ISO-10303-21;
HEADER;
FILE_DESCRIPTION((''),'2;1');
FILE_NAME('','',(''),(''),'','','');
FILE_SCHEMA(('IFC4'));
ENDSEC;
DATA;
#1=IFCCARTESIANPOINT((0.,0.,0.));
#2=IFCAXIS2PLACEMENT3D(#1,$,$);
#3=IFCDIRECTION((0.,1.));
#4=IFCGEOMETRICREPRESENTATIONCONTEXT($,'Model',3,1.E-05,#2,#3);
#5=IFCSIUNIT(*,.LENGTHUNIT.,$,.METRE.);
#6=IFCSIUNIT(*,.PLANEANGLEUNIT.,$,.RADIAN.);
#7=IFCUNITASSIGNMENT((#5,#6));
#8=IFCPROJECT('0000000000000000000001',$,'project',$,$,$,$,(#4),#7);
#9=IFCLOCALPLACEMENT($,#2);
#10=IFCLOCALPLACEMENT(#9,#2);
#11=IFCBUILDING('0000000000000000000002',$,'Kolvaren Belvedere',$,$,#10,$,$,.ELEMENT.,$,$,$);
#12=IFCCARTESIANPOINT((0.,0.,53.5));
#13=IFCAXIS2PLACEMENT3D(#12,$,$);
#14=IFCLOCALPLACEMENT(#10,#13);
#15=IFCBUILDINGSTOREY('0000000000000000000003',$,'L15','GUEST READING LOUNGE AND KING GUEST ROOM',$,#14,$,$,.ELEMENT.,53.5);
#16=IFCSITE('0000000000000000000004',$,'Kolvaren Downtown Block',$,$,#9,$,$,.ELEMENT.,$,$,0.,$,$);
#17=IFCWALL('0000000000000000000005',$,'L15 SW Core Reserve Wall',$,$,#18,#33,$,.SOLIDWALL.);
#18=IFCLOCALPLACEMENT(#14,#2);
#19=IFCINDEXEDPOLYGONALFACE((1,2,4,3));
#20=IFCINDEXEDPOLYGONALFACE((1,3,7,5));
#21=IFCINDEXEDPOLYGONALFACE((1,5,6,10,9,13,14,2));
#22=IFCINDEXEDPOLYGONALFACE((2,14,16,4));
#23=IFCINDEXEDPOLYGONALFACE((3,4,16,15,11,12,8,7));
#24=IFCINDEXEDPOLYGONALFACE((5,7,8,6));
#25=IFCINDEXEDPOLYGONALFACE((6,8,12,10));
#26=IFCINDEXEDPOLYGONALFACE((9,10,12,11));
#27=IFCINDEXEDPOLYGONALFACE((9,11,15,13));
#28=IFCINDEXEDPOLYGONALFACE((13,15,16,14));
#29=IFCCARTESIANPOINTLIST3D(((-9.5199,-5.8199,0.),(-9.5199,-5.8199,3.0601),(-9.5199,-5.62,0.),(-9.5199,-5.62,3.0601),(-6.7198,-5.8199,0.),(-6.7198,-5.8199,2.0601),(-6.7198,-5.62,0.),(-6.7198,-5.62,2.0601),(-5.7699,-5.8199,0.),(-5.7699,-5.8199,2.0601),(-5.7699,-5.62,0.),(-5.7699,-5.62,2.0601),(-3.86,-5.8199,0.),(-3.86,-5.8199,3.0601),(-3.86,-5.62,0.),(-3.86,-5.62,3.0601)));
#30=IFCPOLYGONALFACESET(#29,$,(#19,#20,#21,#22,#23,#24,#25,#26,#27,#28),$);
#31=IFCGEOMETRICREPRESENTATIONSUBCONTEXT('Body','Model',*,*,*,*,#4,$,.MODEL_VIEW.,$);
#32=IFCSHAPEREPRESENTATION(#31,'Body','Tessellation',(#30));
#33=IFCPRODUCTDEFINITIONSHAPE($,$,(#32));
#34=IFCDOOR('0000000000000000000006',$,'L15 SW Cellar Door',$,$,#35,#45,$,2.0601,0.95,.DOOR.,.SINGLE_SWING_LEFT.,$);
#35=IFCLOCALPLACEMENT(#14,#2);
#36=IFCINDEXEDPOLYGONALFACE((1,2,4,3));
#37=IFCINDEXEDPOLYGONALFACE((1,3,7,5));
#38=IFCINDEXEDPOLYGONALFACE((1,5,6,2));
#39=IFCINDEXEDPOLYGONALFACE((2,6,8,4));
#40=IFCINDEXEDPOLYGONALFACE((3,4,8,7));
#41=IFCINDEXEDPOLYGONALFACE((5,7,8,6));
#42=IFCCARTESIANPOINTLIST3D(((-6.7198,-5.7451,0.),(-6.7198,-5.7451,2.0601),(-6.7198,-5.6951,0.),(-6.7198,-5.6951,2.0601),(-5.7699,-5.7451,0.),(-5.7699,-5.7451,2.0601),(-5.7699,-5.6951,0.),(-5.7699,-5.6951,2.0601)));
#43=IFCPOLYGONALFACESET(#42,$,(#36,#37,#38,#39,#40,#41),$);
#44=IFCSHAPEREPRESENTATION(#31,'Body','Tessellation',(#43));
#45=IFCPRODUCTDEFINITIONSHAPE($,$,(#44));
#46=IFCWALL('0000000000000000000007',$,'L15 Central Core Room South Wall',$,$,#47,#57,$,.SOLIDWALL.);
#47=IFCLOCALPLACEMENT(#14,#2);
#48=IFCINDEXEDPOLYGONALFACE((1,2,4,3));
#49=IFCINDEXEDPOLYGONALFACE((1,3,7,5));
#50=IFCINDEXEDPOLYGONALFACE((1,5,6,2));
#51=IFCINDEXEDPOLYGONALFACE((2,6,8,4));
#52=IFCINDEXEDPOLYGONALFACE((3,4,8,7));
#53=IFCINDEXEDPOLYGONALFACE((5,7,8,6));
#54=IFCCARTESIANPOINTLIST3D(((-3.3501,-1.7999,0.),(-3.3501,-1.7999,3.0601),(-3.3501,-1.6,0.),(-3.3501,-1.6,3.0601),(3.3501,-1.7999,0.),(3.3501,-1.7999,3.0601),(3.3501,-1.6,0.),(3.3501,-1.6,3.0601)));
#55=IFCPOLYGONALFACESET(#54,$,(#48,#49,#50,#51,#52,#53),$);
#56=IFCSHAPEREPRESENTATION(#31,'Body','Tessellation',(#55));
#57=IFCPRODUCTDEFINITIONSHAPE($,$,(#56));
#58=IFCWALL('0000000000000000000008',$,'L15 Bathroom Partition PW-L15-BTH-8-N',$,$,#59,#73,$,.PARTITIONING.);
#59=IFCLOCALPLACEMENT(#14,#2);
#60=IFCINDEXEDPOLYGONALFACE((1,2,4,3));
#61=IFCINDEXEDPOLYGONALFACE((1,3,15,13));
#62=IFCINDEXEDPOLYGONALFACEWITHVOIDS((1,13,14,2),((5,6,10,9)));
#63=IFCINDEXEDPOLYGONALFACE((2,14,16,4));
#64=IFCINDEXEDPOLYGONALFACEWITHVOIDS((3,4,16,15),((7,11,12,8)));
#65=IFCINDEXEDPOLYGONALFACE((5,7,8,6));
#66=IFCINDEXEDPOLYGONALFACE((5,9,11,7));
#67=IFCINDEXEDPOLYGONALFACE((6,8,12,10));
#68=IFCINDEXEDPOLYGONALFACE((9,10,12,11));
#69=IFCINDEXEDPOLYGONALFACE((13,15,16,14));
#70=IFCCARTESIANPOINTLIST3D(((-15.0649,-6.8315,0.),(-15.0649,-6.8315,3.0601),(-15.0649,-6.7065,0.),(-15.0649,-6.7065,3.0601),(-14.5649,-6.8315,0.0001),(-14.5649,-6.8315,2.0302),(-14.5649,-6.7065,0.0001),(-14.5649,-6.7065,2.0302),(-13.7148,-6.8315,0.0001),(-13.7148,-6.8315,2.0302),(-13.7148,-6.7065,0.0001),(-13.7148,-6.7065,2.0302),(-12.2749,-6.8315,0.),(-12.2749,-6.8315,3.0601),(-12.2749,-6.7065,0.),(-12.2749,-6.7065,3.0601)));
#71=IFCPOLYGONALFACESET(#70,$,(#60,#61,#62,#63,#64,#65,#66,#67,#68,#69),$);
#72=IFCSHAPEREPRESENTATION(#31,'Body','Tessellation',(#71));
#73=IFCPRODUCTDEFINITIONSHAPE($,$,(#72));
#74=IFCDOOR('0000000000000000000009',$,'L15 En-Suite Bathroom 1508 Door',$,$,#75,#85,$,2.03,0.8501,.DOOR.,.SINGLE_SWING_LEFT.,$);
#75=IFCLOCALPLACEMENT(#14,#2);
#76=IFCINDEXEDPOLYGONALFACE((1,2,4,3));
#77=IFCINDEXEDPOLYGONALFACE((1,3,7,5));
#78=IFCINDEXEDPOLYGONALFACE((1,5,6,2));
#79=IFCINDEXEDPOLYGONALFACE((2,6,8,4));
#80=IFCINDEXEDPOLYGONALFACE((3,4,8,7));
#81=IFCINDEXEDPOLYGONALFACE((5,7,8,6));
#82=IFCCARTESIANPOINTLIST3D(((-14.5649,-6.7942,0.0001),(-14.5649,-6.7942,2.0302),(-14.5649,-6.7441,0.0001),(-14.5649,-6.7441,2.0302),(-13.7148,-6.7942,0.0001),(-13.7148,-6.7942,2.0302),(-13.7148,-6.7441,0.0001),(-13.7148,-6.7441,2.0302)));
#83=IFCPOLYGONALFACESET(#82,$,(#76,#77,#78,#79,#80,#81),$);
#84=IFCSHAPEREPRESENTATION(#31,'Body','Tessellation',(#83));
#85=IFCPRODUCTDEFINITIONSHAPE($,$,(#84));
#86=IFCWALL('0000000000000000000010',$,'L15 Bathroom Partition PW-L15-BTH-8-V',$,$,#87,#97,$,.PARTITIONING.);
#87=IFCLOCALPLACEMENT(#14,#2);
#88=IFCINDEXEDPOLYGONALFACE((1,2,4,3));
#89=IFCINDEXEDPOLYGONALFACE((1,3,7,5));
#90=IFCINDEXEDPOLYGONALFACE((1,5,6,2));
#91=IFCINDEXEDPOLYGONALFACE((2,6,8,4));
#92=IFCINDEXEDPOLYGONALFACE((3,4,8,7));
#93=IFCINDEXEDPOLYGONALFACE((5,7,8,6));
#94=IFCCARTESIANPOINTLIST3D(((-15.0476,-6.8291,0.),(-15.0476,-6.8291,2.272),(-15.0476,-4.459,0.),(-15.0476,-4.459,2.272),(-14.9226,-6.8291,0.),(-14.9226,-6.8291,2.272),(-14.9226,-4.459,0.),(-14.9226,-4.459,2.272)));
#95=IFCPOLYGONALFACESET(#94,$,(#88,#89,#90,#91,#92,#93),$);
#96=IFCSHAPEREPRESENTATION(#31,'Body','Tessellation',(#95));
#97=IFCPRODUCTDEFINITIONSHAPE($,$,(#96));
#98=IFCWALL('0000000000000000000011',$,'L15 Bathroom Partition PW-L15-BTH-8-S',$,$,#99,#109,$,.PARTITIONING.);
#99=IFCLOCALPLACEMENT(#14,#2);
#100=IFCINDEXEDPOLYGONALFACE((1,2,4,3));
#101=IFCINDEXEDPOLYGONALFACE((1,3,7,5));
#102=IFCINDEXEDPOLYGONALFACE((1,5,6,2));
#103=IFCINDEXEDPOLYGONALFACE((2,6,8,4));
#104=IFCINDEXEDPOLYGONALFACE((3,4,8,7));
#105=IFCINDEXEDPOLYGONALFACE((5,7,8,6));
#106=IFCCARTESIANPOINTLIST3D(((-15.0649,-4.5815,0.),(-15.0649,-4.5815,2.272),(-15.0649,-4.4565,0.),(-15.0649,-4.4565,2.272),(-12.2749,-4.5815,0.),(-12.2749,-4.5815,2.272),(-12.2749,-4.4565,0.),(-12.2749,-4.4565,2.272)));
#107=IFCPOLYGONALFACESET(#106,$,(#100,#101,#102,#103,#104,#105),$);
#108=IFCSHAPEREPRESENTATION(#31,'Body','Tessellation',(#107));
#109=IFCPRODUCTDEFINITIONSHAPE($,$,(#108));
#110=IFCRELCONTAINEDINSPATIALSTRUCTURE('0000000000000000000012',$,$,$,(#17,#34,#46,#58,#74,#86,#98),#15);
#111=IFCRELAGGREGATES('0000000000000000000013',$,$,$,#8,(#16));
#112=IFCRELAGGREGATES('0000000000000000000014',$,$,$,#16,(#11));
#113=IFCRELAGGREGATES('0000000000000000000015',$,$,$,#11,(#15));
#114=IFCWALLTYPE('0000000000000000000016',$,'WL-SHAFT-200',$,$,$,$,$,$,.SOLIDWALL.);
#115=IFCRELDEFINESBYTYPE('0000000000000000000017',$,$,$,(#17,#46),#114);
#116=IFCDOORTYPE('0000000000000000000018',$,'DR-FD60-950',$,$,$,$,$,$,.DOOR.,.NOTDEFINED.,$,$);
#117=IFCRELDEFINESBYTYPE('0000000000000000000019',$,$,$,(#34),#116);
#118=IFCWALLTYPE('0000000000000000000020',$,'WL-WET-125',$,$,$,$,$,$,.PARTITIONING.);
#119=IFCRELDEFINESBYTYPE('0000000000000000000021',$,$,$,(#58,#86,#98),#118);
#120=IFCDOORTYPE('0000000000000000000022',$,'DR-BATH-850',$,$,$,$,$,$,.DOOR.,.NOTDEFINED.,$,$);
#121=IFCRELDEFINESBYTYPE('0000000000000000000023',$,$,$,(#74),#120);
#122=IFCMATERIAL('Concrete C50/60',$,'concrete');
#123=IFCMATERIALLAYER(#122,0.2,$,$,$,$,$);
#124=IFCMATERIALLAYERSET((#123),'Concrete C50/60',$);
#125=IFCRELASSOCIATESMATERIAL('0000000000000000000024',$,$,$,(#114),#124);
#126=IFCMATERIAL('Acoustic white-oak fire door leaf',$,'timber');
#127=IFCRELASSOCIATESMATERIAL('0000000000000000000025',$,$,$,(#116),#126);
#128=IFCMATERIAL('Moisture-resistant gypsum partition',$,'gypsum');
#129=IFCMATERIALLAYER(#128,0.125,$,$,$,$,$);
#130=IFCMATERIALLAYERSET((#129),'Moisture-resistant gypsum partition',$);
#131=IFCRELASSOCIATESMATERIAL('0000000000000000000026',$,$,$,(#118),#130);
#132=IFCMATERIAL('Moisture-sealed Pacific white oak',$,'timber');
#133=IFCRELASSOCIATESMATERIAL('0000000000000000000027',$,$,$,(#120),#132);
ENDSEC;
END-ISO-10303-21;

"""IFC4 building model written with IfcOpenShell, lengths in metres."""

from ifc_helpers import new_model, si_unit, direction, frame, frame_2d, origin, place, context, subcontext, project, spatial, rectangle, extrude, material, layer, layer_set, type_object, element, fill, save


model = new_model("IFC4")

# Units and contexts
model_context = context("Model", 3, precision=1e-05, world=origin(), true_north=direction((0.0, 1.0)))
body_context = subcontext(model_context, "Body", "Model", "MODEL_VIEW")
ifc_project = project(units=[si_unit("LENGTHUNIT", "METRE"), si_unit("PLANEANGLEUNIT", "RADIAN")], contexts=[model_context])

# Site, building, storey
site_placement = place(None, origin())
site = spatial("IfcSite", under=ifc_project, at=site_placement, Name="Kolvaren Downtown Block", CompositionType="ELEMENT", RefElevation=0.0)
building_placement = place(site_placement, origin())
building = spatial("IfcBuilding", under=site, at=building_placement, Name="Kolvaren Belvedere", CompositionType="ELEMENT")
storey_placement = place(building_placement, frame((0.0, 0.0, 53.5)))
storey = spatial("IfcBuildingStorey", under=building, at=storey_placement, Name="L15", Description="GUEST READING LOUNGE AND KING GUEST ROOM", CompositionType="ELEMENT", Elevation=53.5)

# Shared definitions
ifc_material_1 = material(Name="Concrete C50/60", Category="concrete")
ifc_layer_1 = layer(ifc_material_1, 0.2)
ifc_layer_set_1 = layer_set([ifc_layer_1], Name="Concrete C50/60")
wall_type_1 = type_object("IfcWallType", Name="WL-SHAFT-200", PredefinedType="SOLIDWALL", material=ifc_layer_set_1)
ifc_material_2 = material(Name="Acoustic white-oak fire door leaf", Category="timber")
door_type_1 = type_object("IfcDoorType", Name="DR-FD60-950", OperationType="NOTDEFINED", PredefinedType="DOOR", material=ifc_material_2)

# Wall, opening, door
wall_1_placement = place(storey_placement, frame((-9.52, -5.72, 0.0), z_axis=(0.0, 0.0, 1.0), x_axis=(1.0, 0.0, 0.0)))
wall_1 = element("IfcWall", 1, at=wall_1_placement, inside=storey, type_object=wall_type_1, Name="L15 SW Core Reserve Wall", PredefinedType="SOLIDWALL", context=body_context, shape_type="SweptSolid", body=[
    extrude(rectangle(XDim=5.6599, YDim=0.2, at=frame_2d((2.8301, 0.0))), origin(), (0.0, 0.0, 1.0), 3.0601),
])
opening_1_placement = place(wall_1_placement, frame((2.8, 0.0, 0.0)))
opening_1 = element("IfcOpeningElement", 2, at=opening_1_placement, cuts=wall_1, PredefinedType="OPENING", context=body_context, shape_type="SweptSolid", body=[
    extrude(rectangle(XDim=0.95, YDim=2.0601, at=frame_2d((0.4751, 1.03))), frame((0.0, 0.1099, 0.0), z_axis=(0.0, -1.0, 0.0), x_axis=(1.0, 0.0, 0.0)), (0.0, 0.0, 1.0), 0.22),
])
door_1_placement = place(opening_1_placement, origin())
door_1 = element("IfcDoor", 3, at=door_1_placement, inside=storey, type_object=door_type_1, Name="L15 SW Cellar Door", OperationType="SINGLE_SWING_LEFT", OverallHeight=2.0601, OverallWidth=0.95, PredefinedType="DOOR", context=body_context, shape_type="SweptSolid", body=[
    extrude(rectangle(XDim=0.95, YDim=2.0601, at=frame_2d((0.4751, 1.03))), frame((0.0, 0.0249, 0.0), z_axis=(0.0, -1.0, 0.0), x_axis=(1.0, 0.0, 0.0)), (0.0, 0.0, 1.0), 0.05),
])
fill(opening_1, door_1)

# Wall
wall_2_placement = place(storey_placement, frame((-3.3501, -1.7, 0.0), z_axis=(0.0, 0.0, 1.0), x_axis=(1.0, 0.0, 0.0)))
element("IfcWall", 4, at=wall_2_placement, inside=storey, type_object=wall_type_1, Name="L15 Central Core Room South Wall", PredefinedType="SOLIDWALL", context=body_context, shape_type="SweptSolid", body=[
    extrude(rectangle(XDim=6.7002, YDim=0.2, at=frame_2d((3.3501, 0.0))), origin(), (0.0, 0.0, 1.0), 3.0601),
])

# Wall, opening, door
ifc_material_3 = material(Name="Moisture-resistant gypsum partition", Category="gypsum")
ifc_layer_2 = layer(ifc_material_3, 0.125)
ifc_layer_set_2 = layer_set([ifc_layer_2], Name="Moisture-resistant gypsum partition")
wall_type_2 = type_object("IfcWallType", Name="WL-WET-125", PredefinedType="PARTITIONING", material=ifc_layer_set_2)
wall_3_placement = place(storey_placement, frame((-15.0649, -6.769, 0.0), z_axis=(0.0, 0.0, 1.0), x_axis=(1.0, 0.0, 0.0)))
wall_3 = element("IfcWall", 5, at=wall_3_placement, inside=storey, type_object=wall_type_2, Name="L15 Bathroom Partition PW-L15-BTH-8-N", PredefinedType="PARTITIONING", context=body_context, shape_type="SweptSolid", body=[
    extrude(rectangle(XDim=2.79, YDim=0.125, at=frame_2d((1.395, 0.0))), origin(), (0.0, 0.0, 1.0), 3.0601),
])
opening_2_placement = place(wall_3_placement, frame((0.5, 0.0, 0.0)))
opening_2 = element("IfcOpeningElement", 6, at=opening_2_placement, cuts=wall_3, PredefinedType="OPENING", context=body_context, shape_type="SweptSolid", body=[
    extrude(rectangle(XDim=0.8501, YDim=2.03, at=frame_2d((0.425, 1.0151))), frame((0.0, 0.0725, 0.0), z_axis=(0.0, -1.0, 0.0), x_axis=(1.0, 0.0, 0.0)), (0.0, 0.0, 1.0), 0.145),
])
ifc_material_4 = material(Name="Moisture-sealed Pacific white oak", Category="timber")
door_type_2 = type_object("IfcDoorType", Name="DR-BATH-850", OperationType="NOTDEFINED", PredefinedType="DOOR", material=ifc_material_4)
door_2_placement = place(opening_2_placement, origin())
door_2 = element("IfcDoor", 7, at=door_2_placement, inside=storey, type_object=door_type_2, Name="L15 En-Suite Bathroom 1508 Door", OperationType="SINGLE_SWING_LEFT", OverallHeight=2.03, OverallWidth=0.8501, PredefinedType="DOOR", context=body_context, shape_type="SweptSolid", body=[
    extrude(rectangle(XDim=0.8501, YDim=2.03, at=frame_2d((0.425, 1.0151))), frame((0.0, 0.0249, 0.0), z_axis=(0.0, -1.0, 0.0), x_axis=(1.0, 0.0, 0.0)), (0.0, 0.0, 1.0), 0.05),
])
fill(opening_2, door_2)

# Walls
wall_4_placement = place(storey_placement, frame((-14.9851, -6.8291, 0.0), z_axis=(0.0, 0.0, 1.0), x_axis=(0.0, 1.0, 0.0)))
element("IfcWall", 8, at=wall_4_placement, inside=storey, type_object=wall_type_2, Name="L15 Bathroom Partition PW-L15-BTH-8-V", PredefinedType="PARTITIONING", context=body_context, shape_type="SweptSolid", body=[
    extrude(rectangle(XDim=2.3701, YDim=0.125, at=frame_2d((1.1851, 0.0))), origin(), (0.0, 0.0, 1.0), 2.272),
])
wall_5_placement = place(storey_placement, frame((-15.0649, -4.519, 0.0), z_axis=(0.0, 0.0, 1.0), x_axis=(1.0, 0.0, 0.0)))
element("IfcWall", 9, at=wall_5_placement, inside=storey, type_object=wall_type_2, Name="L15 Bathroom Partition PW-L15-BTH-8-S", PredefinedType="PARTITIONING", context=body_context, shape_type="SweptSolid", body=[
    extrude(rectangle(XDim=2.79, YDim=0.125, at=frame_2d((1.395, 0.0))), origin(), (0.0, 0.0, 1.0), 2.272),
])

save(model, "model.ifc")
